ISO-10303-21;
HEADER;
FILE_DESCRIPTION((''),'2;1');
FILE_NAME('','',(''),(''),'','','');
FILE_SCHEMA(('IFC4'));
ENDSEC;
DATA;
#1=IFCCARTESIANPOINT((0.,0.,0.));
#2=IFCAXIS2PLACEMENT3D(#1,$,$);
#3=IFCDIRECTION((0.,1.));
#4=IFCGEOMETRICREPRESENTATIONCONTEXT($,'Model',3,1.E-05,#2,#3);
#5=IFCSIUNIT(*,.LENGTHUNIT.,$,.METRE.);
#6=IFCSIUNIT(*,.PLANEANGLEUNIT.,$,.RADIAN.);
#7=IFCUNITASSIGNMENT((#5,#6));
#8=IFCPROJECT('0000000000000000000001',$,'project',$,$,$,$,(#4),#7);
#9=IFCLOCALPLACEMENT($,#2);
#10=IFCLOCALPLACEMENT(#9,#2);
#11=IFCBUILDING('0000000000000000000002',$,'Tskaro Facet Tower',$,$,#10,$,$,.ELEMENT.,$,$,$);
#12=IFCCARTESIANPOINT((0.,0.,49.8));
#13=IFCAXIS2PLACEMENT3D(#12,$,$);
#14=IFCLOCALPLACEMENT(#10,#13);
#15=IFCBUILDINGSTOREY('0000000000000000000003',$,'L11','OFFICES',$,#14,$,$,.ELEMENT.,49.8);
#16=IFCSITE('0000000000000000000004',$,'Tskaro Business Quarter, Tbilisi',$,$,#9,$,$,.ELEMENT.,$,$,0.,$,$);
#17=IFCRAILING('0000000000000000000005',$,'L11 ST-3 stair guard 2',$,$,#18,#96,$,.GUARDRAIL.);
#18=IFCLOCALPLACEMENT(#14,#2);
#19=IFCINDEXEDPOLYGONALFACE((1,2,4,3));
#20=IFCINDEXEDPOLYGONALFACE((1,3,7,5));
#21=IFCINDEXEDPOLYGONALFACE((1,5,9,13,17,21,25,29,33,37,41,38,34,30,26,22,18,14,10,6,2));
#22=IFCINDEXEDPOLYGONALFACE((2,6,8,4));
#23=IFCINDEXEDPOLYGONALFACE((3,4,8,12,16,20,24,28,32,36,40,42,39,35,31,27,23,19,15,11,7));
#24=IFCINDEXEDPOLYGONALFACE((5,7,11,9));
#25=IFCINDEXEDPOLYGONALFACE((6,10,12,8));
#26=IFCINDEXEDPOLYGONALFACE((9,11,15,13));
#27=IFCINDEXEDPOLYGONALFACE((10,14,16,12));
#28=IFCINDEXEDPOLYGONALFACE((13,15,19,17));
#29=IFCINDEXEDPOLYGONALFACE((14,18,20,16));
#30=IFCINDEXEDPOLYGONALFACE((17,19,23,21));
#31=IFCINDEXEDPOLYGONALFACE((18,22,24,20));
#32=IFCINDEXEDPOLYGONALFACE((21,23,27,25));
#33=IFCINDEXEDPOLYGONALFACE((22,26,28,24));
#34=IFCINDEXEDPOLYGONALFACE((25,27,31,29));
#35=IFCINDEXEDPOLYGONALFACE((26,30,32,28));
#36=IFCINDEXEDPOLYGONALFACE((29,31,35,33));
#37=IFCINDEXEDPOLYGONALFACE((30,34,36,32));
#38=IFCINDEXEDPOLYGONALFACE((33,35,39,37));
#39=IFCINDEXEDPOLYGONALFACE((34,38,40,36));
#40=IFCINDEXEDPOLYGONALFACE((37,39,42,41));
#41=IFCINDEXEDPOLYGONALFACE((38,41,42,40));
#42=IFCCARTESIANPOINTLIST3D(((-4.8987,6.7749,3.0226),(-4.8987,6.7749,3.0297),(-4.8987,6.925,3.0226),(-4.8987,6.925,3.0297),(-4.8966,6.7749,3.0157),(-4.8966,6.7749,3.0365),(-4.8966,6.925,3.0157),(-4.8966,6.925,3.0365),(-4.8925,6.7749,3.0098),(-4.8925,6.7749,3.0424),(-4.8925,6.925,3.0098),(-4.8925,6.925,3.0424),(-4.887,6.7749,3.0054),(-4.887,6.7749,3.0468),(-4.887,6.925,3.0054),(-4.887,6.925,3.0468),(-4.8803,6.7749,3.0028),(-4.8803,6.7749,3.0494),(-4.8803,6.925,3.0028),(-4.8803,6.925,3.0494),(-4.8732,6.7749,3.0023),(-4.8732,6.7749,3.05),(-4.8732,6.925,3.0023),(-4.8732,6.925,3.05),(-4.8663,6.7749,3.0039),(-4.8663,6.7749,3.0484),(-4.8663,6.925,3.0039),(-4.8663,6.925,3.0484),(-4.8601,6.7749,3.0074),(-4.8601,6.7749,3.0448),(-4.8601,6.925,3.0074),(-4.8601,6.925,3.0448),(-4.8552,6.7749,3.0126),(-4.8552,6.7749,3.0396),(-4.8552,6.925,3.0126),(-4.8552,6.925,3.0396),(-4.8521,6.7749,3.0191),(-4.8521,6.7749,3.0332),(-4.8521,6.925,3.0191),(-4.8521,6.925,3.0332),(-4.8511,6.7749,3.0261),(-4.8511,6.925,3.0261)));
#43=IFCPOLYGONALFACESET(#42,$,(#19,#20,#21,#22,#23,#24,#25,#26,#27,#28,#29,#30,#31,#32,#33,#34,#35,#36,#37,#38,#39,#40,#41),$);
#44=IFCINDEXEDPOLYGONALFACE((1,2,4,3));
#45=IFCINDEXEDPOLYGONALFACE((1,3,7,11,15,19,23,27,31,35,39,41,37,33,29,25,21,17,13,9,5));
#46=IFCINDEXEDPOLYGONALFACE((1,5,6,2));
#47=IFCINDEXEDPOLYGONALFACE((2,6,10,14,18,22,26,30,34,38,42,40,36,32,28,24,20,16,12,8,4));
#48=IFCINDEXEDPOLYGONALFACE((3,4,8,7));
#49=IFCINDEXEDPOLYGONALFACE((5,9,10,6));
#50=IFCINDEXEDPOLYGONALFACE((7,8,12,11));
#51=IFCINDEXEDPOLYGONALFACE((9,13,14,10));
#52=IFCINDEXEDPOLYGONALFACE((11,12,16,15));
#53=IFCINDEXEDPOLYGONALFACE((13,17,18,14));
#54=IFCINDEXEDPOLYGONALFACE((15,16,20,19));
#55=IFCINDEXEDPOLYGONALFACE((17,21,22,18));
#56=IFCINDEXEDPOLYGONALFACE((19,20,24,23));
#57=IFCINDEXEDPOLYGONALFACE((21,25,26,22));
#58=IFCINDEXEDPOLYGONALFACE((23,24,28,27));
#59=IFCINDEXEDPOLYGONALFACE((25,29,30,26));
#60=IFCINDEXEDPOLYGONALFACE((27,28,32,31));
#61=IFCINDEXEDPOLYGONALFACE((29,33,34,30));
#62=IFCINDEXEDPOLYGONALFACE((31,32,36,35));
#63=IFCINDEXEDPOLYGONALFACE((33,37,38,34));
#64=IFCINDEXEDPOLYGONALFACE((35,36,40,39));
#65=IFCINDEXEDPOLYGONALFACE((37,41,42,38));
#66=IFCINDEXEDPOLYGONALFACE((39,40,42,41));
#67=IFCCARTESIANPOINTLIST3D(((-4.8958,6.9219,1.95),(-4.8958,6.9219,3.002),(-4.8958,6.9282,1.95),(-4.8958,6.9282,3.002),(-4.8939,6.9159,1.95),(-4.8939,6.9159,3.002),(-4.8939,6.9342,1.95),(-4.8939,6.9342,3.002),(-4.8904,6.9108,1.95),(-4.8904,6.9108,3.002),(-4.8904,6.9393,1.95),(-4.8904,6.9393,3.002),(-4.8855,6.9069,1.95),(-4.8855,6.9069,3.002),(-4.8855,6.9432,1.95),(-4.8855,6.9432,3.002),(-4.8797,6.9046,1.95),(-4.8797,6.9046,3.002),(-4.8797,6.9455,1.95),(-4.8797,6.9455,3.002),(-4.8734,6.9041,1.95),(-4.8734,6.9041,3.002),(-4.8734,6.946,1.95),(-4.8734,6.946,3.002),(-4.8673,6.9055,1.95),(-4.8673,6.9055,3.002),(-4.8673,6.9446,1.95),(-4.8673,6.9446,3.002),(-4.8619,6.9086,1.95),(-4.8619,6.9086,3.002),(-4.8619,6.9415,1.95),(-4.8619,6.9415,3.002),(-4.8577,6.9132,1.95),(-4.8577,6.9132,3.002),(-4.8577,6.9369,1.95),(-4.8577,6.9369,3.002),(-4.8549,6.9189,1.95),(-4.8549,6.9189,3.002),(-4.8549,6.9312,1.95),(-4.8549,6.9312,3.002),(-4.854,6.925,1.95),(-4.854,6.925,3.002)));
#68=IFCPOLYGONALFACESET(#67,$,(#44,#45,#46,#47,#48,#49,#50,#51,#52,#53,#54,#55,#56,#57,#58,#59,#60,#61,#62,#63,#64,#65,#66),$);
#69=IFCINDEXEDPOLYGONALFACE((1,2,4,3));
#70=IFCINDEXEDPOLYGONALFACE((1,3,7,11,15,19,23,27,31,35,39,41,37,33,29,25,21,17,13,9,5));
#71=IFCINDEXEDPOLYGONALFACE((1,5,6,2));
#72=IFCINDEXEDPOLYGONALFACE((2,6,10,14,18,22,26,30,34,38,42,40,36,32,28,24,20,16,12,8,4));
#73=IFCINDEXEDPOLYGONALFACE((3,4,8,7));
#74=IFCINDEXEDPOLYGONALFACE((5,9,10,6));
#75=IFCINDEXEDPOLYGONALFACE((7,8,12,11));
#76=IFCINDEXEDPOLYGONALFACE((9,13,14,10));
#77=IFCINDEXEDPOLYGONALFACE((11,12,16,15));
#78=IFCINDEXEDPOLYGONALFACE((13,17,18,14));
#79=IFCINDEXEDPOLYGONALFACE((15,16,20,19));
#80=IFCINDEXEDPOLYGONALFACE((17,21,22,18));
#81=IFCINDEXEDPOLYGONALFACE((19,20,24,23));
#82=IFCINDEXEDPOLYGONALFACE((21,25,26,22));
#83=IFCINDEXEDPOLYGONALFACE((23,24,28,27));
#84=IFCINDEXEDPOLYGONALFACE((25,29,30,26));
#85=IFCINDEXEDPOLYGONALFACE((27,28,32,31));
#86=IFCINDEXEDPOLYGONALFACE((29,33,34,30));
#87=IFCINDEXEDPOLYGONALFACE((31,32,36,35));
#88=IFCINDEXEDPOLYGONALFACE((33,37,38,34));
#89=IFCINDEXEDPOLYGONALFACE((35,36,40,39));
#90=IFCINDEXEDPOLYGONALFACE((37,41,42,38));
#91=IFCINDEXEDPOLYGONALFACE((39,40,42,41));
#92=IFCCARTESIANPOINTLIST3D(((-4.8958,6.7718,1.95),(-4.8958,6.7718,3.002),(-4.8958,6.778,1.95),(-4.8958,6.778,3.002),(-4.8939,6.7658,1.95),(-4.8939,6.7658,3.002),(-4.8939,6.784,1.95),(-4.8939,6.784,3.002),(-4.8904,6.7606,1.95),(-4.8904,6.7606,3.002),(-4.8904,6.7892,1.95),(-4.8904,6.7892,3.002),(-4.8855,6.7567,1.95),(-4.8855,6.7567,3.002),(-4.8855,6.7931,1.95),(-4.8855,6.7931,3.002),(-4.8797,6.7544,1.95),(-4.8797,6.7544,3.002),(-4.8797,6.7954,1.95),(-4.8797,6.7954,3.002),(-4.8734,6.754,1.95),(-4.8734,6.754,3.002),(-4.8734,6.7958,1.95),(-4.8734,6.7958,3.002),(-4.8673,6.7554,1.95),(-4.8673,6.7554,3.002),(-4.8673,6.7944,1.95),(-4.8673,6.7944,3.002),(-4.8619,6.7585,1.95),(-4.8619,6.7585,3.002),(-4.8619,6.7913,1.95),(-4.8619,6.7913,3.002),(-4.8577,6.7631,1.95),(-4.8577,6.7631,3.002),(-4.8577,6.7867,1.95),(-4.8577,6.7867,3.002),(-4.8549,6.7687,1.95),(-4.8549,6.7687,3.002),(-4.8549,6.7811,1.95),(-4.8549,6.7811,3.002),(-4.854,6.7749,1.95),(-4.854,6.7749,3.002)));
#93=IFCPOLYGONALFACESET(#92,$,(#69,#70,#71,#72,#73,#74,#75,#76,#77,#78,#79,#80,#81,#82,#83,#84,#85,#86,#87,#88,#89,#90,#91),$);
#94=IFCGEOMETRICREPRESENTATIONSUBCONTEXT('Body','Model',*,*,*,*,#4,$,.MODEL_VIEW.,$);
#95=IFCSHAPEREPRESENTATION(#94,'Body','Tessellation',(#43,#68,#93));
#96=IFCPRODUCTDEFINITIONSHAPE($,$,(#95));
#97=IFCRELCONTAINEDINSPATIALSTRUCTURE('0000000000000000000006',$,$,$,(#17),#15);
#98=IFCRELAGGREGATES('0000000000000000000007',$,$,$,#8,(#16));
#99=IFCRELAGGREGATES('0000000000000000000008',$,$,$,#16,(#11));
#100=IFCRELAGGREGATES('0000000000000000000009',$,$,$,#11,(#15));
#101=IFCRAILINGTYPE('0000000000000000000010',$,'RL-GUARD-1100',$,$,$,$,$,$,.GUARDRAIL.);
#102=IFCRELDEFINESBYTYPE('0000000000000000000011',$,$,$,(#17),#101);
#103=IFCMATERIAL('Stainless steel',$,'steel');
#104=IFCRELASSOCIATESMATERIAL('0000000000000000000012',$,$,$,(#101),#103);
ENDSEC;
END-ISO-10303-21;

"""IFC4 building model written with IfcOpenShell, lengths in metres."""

from ifc_helpers import new_model, si_unit, direction, frame, origin, origin_2d, place, context, subcontext, project, spatial, circle, extrude, material, type_object, element, save


model = new_model("IFC4")

# Units and contexts
model_context = context("Model", 3, precision=1e-05, world=origin(), true_north=direction((0.0, 1.0)))
body_context = subcontext(model_context, "Body", "Model", "MODEL_VIEW")
ifc_project = project(units=[si_unit("LENGTHUNIT", "METRE"), si_unit("PLANEANGLEUNIT", "RADIAN")], contexts=[model_context])

# Site, building, storey
site_placement = place(None, origin())
site = spatial("IfcSite", under=ifc_project, at=site_placement, Name="Tskaro Business Quarter, Tbilisi", CompositionType="ELEMENT", RefElevation=0.0)
building_placement = place(site_placement, origin())
building = spatial("IfcBuilding", under=site, at=building_placement, Name="Tskaro Facet Tower", CompositionType="ELEMENT")
storey_placement = place(building_placement, frame((0.0, 0.0, 49.8)))
storey = spatial("IfcBuildingStorey", under=building, at=storey_placement, Name="L11", Description="OFFICES", CompositionType="ELEMENT", Elevation=49.8)

# Railing
ifc_material_1 = material(Name="Stainless steel", Category="steel")
railing_type_1 = type_object("IfcRailingType", Name="RL-GUARD-1100", PredefinedType="GUARDRAIL", material=ifc_material_1)
railing_1_placement = place(storey_placement, frame((-4.875, 6.925, 1.95)))
element("IfcRailing", 1, at=railing_1_placement, inside=storey, type_object=railing_type_1, Name="L11 ST-3 stair guard 2", PredefinedType="GUARDRAIL", context=body_context, shape_type="SweptSolid", body=[
    extrude(circle(Radius=0.0239, at=origin_2d()), frame((0.0, 0.0, 1.0762), z_axis=(0.0, -1.0, 0.0), x_axis=(1.0, 0.0, 0.0)), (0.0, 0.0, 1.0), 0.1501),
    extrude(circle(Radius=0.021, at=origin_2d()), origin(), (0.0, 0.0, 1.0), 1.052),
    extrude(circle(Radius=0.021, at=origin_2d()), frame((0.0, -0.1501, 0.0)), (0.0, 0.0, 1.0), 1.052),
])

save(model, "model.ifc")
